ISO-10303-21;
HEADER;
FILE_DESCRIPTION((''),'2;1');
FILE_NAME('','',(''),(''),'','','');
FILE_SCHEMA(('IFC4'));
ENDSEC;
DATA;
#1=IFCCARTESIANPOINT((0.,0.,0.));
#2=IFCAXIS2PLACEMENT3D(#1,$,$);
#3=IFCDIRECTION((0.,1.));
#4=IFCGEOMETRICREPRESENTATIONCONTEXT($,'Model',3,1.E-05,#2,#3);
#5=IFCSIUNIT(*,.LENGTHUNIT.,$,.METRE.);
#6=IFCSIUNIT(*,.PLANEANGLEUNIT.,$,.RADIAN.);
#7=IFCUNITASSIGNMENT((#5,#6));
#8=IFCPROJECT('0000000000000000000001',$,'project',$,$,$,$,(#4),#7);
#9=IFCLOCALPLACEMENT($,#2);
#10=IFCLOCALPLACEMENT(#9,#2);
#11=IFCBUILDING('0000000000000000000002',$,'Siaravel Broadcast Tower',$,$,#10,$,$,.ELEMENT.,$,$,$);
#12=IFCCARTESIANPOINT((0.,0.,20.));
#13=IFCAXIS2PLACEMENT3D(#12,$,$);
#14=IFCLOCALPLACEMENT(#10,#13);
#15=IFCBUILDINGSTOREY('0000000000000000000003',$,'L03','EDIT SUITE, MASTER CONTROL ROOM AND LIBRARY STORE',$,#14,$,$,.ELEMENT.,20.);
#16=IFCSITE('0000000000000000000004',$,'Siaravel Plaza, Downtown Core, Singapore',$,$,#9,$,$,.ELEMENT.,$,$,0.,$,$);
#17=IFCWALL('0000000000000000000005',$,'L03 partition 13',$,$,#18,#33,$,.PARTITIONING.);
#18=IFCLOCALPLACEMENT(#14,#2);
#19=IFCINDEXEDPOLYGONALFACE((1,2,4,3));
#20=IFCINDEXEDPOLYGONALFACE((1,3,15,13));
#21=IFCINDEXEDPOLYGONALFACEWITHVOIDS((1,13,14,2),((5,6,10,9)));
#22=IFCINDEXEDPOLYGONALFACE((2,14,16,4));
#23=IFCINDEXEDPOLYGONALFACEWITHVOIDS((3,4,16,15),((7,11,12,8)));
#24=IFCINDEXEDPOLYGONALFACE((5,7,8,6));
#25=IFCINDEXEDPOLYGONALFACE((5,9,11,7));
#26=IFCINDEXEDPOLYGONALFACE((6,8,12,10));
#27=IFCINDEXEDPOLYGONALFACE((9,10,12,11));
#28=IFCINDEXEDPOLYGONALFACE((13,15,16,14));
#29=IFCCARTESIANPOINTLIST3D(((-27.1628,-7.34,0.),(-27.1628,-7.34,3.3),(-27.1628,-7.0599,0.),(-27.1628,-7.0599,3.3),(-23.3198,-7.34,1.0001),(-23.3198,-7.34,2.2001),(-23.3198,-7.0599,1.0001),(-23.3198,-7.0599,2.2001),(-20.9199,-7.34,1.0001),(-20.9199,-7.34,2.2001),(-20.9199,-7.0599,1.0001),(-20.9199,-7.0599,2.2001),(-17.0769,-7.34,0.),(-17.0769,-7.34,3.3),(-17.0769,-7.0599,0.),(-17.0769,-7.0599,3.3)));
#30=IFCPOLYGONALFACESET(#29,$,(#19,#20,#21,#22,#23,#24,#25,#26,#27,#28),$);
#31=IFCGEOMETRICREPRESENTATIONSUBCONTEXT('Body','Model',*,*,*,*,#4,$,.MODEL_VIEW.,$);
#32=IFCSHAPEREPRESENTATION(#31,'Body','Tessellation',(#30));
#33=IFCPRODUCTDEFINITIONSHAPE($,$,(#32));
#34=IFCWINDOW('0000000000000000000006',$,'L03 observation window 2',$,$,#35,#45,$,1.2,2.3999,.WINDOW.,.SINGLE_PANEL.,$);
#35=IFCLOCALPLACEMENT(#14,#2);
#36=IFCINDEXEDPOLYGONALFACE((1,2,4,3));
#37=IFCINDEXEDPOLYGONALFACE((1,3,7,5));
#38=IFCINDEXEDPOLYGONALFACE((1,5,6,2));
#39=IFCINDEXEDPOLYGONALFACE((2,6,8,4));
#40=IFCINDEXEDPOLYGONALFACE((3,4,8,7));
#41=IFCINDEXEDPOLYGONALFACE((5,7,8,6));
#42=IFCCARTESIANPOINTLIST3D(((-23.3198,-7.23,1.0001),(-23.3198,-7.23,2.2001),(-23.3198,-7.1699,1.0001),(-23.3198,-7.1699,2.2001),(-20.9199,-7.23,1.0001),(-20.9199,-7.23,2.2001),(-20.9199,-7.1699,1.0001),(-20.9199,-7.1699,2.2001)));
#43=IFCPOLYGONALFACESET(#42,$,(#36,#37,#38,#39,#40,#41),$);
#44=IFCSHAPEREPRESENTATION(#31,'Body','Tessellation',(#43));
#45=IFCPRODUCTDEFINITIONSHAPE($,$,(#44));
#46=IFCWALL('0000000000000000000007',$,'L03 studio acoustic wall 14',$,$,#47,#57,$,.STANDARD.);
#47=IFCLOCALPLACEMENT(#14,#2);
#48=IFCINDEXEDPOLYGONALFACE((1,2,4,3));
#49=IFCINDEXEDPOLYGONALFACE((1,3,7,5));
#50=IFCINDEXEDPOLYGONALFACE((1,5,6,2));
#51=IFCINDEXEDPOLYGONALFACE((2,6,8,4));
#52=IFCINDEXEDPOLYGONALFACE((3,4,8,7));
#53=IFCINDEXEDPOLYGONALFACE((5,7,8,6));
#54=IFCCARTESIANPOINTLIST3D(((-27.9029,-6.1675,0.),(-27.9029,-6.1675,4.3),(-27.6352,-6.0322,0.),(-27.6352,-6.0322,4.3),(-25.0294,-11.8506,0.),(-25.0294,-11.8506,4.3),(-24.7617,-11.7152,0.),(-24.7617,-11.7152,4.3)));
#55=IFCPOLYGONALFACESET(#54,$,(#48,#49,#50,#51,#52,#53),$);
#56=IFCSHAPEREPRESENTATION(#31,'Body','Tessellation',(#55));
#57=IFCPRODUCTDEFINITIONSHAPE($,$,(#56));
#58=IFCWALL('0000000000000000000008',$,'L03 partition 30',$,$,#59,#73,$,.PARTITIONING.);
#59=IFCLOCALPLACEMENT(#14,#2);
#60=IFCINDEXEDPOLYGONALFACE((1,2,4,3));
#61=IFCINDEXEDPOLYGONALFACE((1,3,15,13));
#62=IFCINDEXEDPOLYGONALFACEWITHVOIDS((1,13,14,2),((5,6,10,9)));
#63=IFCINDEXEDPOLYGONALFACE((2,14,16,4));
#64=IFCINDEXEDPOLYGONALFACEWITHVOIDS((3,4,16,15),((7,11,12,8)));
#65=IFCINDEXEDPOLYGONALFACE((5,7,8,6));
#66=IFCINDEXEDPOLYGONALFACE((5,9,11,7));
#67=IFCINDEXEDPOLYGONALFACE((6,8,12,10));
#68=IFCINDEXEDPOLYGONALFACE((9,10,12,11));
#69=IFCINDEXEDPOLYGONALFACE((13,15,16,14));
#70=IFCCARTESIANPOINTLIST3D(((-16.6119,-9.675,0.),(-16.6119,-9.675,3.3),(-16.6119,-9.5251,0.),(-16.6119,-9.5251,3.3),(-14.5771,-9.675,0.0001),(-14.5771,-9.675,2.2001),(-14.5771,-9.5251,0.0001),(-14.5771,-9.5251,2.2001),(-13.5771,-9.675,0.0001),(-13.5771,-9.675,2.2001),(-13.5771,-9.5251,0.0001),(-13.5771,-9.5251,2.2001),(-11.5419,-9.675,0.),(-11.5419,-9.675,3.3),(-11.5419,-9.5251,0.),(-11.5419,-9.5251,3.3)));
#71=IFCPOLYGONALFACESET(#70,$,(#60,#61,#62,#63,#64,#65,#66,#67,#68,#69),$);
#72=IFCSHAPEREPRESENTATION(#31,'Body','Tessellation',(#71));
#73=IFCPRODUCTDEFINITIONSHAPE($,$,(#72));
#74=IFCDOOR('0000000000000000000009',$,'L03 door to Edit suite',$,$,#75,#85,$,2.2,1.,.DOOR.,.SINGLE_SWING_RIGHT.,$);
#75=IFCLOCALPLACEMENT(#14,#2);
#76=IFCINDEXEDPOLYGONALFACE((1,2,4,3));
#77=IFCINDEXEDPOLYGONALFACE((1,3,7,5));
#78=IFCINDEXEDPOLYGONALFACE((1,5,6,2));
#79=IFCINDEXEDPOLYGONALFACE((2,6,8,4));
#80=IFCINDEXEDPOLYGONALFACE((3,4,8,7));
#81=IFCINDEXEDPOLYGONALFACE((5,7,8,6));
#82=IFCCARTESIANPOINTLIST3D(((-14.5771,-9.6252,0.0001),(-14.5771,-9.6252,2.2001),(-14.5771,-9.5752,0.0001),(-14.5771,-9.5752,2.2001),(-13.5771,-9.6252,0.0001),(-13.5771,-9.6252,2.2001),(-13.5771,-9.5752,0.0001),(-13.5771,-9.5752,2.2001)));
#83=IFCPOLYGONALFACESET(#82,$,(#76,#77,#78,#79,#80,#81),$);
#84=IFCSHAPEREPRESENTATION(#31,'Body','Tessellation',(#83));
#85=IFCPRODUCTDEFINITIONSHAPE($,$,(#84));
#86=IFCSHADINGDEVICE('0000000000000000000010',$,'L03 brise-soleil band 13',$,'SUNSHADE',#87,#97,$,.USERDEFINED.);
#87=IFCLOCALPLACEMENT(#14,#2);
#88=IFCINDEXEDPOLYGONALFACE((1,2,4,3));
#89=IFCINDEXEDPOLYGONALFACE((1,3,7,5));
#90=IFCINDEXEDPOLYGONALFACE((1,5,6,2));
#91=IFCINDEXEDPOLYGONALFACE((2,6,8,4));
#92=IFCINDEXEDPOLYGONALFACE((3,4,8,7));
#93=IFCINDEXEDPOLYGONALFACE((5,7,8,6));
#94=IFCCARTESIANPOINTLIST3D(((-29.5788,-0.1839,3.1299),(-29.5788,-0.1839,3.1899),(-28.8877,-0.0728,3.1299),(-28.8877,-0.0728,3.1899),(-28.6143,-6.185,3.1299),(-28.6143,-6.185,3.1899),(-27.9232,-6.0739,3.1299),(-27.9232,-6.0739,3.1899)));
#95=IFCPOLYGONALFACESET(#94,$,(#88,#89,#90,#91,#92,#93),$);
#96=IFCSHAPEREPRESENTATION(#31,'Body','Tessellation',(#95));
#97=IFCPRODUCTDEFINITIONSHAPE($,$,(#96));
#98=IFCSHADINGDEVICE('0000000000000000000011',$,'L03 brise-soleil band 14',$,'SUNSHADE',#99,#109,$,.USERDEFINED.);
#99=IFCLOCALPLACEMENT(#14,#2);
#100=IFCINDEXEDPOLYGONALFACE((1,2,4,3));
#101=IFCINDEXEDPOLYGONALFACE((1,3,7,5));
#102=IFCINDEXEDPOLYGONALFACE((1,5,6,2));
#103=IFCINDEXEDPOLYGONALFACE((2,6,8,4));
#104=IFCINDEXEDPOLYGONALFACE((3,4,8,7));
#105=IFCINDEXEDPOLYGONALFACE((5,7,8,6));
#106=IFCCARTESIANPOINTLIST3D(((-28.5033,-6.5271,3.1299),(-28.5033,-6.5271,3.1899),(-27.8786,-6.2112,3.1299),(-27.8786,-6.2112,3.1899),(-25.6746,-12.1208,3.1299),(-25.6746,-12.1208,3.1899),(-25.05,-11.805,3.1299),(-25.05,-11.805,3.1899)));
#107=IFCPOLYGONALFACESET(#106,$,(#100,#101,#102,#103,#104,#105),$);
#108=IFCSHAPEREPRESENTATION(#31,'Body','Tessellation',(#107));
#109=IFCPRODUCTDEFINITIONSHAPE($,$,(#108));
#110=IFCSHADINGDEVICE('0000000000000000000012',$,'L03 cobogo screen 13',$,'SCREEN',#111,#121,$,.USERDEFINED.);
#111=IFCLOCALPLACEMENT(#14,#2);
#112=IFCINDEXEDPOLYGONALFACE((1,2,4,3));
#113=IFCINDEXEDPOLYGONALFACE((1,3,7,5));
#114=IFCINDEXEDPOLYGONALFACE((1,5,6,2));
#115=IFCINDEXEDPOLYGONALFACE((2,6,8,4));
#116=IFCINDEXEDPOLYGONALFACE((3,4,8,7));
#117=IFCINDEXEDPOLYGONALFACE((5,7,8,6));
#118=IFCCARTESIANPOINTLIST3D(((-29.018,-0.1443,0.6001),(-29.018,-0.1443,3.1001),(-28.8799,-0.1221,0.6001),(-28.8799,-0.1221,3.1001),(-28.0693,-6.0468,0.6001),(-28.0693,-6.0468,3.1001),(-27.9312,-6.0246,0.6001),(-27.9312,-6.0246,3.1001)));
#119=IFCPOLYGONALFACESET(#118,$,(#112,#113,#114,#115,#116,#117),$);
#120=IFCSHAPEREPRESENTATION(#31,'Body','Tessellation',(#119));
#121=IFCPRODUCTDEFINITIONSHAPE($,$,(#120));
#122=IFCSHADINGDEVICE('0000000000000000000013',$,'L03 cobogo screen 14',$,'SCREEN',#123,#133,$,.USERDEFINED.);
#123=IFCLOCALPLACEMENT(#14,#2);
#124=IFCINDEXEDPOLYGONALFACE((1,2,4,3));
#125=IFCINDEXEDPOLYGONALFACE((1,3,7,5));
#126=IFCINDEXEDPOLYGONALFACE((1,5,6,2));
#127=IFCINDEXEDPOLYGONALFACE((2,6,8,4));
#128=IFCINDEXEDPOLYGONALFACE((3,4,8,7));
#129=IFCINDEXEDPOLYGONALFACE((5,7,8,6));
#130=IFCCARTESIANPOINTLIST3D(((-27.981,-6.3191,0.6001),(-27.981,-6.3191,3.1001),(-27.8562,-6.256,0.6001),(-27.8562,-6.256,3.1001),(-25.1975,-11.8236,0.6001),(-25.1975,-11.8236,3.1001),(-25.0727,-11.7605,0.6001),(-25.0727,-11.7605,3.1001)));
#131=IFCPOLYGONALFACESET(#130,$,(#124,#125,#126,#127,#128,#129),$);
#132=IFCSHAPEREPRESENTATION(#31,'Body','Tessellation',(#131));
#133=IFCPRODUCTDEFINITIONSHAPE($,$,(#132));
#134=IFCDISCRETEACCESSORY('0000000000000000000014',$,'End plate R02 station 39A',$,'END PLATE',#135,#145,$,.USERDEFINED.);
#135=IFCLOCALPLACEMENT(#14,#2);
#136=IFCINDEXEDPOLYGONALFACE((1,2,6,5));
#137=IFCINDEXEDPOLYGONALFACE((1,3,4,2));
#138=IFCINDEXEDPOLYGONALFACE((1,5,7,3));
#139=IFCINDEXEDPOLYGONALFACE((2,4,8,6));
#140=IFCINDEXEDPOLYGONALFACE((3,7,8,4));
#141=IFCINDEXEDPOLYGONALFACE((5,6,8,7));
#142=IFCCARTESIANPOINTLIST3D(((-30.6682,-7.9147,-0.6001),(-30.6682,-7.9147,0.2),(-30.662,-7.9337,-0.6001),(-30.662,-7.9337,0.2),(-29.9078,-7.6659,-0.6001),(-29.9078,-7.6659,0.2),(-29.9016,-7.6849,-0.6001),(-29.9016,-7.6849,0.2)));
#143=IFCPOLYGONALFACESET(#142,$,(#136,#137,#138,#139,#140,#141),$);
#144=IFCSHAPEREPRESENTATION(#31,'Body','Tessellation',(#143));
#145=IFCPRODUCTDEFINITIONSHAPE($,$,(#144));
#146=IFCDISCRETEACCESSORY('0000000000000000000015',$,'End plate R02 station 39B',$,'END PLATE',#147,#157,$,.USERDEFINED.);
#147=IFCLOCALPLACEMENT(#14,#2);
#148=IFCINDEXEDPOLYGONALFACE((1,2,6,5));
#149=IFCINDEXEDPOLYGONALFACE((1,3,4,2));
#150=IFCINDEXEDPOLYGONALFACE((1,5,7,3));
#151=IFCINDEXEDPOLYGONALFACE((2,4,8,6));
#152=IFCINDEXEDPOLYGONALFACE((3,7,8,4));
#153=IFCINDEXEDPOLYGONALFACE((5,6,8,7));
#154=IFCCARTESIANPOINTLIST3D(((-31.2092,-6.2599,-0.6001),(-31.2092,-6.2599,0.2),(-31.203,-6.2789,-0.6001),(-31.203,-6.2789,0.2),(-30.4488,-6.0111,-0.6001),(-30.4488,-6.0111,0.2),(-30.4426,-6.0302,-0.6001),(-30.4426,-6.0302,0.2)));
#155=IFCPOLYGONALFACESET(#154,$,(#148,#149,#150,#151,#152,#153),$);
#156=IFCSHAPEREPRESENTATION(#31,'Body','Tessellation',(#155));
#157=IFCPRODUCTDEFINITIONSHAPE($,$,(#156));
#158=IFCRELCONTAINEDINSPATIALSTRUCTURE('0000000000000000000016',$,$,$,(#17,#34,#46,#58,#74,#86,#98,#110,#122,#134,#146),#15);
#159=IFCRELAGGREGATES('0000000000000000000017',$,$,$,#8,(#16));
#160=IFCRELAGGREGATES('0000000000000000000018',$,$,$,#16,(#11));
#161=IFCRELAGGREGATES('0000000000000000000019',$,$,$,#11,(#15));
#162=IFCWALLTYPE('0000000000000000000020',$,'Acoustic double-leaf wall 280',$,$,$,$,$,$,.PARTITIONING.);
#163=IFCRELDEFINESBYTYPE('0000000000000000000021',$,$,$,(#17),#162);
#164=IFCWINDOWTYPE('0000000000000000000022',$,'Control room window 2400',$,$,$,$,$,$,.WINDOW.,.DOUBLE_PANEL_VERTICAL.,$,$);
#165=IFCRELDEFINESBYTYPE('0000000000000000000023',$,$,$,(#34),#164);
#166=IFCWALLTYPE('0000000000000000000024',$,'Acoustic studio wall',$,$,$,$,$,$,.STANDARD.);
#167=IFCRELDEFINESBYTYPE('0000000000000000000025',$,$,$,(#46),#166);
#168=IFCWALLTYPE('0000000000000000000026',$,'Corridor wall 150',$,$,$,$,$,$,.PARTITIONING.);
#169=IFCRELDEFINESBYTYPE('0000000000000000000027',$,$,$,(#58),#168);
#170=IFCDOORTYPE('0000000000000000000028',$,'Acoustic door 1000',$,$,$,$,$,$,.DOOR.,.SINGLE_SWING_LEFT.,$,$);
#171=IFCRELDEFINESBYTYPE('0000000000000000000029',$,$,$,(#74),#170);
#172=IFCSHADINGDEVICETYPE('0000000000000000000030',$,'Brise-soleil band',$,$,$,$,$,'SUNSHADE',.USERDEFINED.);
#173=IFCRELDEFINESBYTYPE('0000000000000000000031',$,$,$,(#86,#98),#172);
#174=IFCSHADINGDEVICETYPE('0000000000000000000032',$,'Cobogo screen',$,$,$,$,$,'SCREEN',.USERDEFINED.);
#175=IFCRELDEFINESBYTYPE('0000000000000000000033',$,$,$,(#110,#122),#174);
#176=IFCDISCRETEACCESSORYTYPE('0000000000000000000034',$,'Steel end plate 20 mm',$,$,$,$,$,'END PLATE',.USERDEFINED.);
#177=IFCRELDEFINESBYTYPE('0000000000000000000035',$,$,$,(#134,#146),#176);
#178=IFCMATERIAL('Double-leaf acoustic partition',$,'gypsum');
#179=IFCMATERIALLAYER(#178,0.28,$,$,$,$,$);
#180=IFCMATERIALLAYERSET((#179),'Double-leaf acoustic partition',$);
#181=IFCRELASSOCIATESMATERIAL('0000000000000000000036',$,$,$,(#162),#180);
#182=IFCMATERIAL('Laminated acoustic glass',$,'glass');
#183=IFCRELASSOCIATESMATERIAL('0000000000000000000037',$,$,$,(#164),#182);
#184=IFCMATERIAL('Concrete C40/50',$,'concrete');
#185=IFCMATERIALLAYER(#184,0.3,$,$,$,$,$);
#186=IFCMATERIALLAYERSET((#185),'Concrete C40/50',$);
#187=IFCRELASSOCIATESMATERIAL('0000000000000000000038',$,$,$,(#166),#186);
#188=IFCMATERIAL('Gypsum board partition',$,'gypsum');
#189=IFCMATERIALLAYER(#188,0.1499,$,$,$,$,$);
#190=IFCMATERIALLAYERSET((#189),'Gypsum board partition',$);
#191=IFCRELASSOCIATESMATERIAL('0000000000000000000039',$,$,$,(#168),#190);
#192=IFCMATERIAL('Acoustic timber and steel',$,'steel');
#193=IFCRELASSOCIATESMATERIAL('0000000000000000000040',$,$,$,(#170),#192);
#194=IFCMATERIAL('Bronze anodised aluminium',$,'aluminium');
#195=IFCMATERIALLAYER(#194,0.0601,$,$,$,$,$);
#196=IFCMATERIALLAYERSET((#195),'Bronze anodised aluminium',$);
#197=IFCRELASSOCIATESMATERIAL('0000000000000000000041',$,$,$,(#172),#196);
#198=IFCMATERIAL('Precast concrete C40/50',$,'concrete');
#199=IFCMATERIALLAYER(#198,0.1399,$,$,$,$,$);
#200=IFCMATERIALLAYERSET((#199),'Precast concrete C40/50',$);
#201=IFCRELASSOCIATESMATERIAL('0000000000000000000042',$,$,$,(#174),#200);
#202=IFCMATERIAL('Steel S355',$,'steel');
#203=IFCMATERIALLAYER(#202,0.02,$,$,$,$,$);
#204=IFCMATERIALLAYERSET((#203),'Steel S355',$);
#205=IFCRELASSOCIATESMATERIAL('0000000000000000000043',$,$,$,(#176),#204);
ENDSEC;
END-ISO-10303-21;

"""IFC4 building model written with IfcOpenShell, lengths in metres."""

from ifc_helpers import new_model, si_unit, direction, frame, frame_2d, origin, origin_2d, place, context, subcontext, project, spatial, rectangle, extrude, material, layer, layer_set, type_object, element, fill, save


model = new_model("IFC4")

# Units and contexts
model_context = context("Model", 3, precision=1e-05, world=origin(), true_north=direction((0.0, 1.0)))
body_context = subcontext(model_context, "Body", "Model", "MODEL_VIEW")
ifc_project = project(units=[si_unit("LENGTHUNIT", "METRE"), si_unit("PLANEANGLEUNIT", "RADIAN")], contexts=[model_context])

# Site, building, storey
site_placement = place(None, origin())
site = spatial("IfcSite", under=ifc_project, at=site_placement, Name="Siaravel Plaza, Downtown Core, Singapore", CompositionType="ELEMENT", RefElevation=0.0)
building_placement = place(site_placement, origin())
building = spatial("IfcBuilding", under=site, at=building_placement, Name="Siaravel Broadcast Tower", CompositionType="ELEMENT")
storey_placement = place(building_placement, frame((0.0, 0.0, 20.0)))
storey = spatial("IfcBuildingStorey", under=building, at=storey_placement, Name="L03", Description="EDIT SUITE, MASTER CONTROL ROOM AND LIBRARY STORE", CompositionType="ELEMENT", Elevation=20.0)

# Shared definitions
ifc_material_1 = material(Name="Steel S355", Category="steel")

# Wall, opening, window
ifc_material_2 = material(Name="Double-leaf acoustic partition", Category="gypsum")
ifc_layer_1 = layer(ifc_material_2, 0.28)
ifc_layer_set_1 = layer_set([ifc_layer_1], Name="Double-leaf acoustic partition")
wall_type_1 = type_object("IfcWallType", Name="Acoustic double-leaf wall 280", PredefinedType="PARTITIONING", material=ifc_layer_set_1)
wall_1_placement = place(storey_placement, frame((-17.0769, -7.2, 0.0), z_axis=(0.0, 0.0, 1.0), x_axis=(-1.0, 0.0, 0.0)))
wall_1 = element("IfcWall", 1, at=wall_1_placement, inside=storey, type_object=wall_type_1, Name="L03 partition 13", PredefinedType="PARTITIONING", context=body_context, shape_type="SweptSolid", body=[
    extrude(rectangle(XDim=10.0859, YDim=0.28, at=frame_2d((5.043, 0.0))), origin(), (0.0, 0.0, 1.0), 3.3),
])
opening_1_placement = place(wall_1_placement, frame((3.843, 0.0, 1.0)))
opening_1 = element("IfcOpeningElement", 2, at=opening_1_placement, cuts=wall_1, PredefinedType="OPENING", context=body_context, shape_type="SweptSolid", body=[
    extrude(rectangle(XDim=2.3999, YDim=1.2, at=frame_2d((1.2, 0.6001))), frame((0.0, 0.1499, 0.0), z_axis=(0.0, -1.0, 0.0), x_axis=(1.0, 0.0, 0.0)), (0.0, 0.0, 1.0), 0.3),
])
ifc_material_3 = material(Name="Laminated acoustic glass", Category="glass")
window_type = type_object("IfcWindowType", Name="Control room window 2400", PartitioningType="DOUBLE_PANEL_VERTICAL", PredefinedType="WINDOW", material=ifc_material_3)
window_placement = place(opening_1_placement, origin())
window = element("IfcWindow", 3, at=window_placement, inside=storey, type_object=window_type, Name="L03 observation window 2", OverallHeight=1.2, OverallWidth=2.3999, PartitioningType="SINGLE_PANEL", PredefinedType="WINDOW", context=body_context, shape_type="SweptSolid", body=[
    extrude(rectangle(XDim=2.3999, YDim=1.2, at=frame_2d((1.2, 0.6001))), frame((0.0, 0.03, 0.0), z_axis=(0.0, -1.0, 0.0), x_axis=(1.0, 0.0, 0.0)), (0.0, 0.0, 1.0), 0.0601),
])
fill(opening_1, window)

# Wall
ifc_material_4 = material(Name="Concrete C40/50", Category="concrete")
ifc_layer_2 = layer(ifc_material_4, 0.3)
ifc_layer_set_2 = layer_set([ifc_layer_2], Name="Concrete C40/50")
wall_type_2 = type_object("IfcWallType", Name="Acoustic studio wall", PredefinedType="STANDARD", material=ifc_layer_set_2)
wall_2_placement = place(storey_placement, frame((-27.769, -6.0999, 0.0), z_axis=(0.0, 0.0, 1.0), x_axis=(0.451227, -0.892409, 0.0)))
element("IfcWall", 4, at=wall_2_placement, inside=storey, type_object=wall_type_2, Name="L03 studio acoustic wall 14", PredefinedType="STANDARD", context=body_context, shape_type="SweptSolid", body=[
    extrude(rectangle(XDim=6.3682, YDim=0.3, at=frame_2d((3.1841, 0.0))), origin(), (0.0, 0.0, 1.0), 4.3),
])

# Wall, opening, door
ifc_material_5 = material(Name="Gypsum board partition", Category="gypsum")
ifc_layer_3 = layer(ifc_material_5, 0.1499)
ifc_layer_set_3 = layer_set([ifc_layer_3], Name="Gypsum board partition")
wall_type_3 = type_object("IfcWallType", Name="Corridor wall 150", PredefinedType="PARTITIONING", material=ifc_layer_set_3)
wall_3_placement = place(storey_placement, frame((-16.6121, -9.6001, 0.0), z_axis=(0.0, 0.0, 1.0), x_axis=(1.0, 0.0, 0.0)))
wall_3 = element("IfcWall", 5, at=wall_3_placement, inside=storey, type_object=wall_type_3, Name="L03 partition 30", PredefinedType="PARTITIONING", context=body_context, shape_type="SweptSolid", body=[
    extrude(rectangle(XDim=5.0701, YDim=0.1499, at=frame_2d((2.5352, 0.0))), origin(), (0.0, 0.0, 1.0), 3.3),
])
opening_2_placement = place(wall_3_placement, frame((2.0349, 0.0, 0.0)))
opening_2 = element("IfcOpeningElement", 6, at=opening_2_placement, cuts=wall_3, PredefinedType="OPENING", context=body_context, shape_type="SweptSolid", body=[
    extrude(rectangle(XDim=1.0, YDim=2.2, at=frame_2d((0.5, 1.1001))), frame((0.0, 0.085, 0.0), z_axis=(0.0, -1.0, 0.0), x_axis=(1.0, 0.0, 0.0)), (0.0, 0.0, 1.0), 0.1699),
])
ifc_material_6 = material(Name="Acoustic timber and steel", Category="steel")
door_type_1 = type_object("IfcDoorType", Name="Acoustic door 1000", OperationType="SINGLE_SWING_LEFT", PredefinedType="DOOR", material=ifc_material_6)
door_1_placement = place(opening_2_placement, origin())
door_1 = element("IfcDoor", 7, at=door_1_placement, inside=storey, type_object=door_type_1, Name="L03 door to Edit suite", OperationType="SINGLE_SWING_RIGHT", OverallHeight=2.2, OverallWidth=1.0, PredefinedType="DOOR", context=body_context, shape_type="SweptSolid", body=[
    extrude(rectangle(XDim=1.0, YDim=2.2, at=frame_2d((0.5, 1.1001))), frame((0.0, 0.0249, 0.0), z_axis=(0.0, -1.0, 0.0), x_axis=(1.0, 0.0, 0.0)), (0.0, 0.0, 1.0), 0.05),
])
fill(opening_2, door_1)

# Shading devices
ifc_material_7 = material(Name="Bronze anodised aluminium", Category="aluminium")
ifc_layer_4 = layer(ifc_material_7, 0.0601)
ifc_layer_set_4 = layer_set([ifc_layer_4], Name="Bronze anodised aluminium")
shading_device_type_1 = type_object("IfcShadingDeviceType", Name="Brise-soleil band", ElementType="SUNSHADE", PredefinedType="USERDEFINED", material=ifc_layer_set_4)
shading_device_1_placement = place(storey_placement, frame((-28.751, -3.1289, 3.1299), z_axis=(0.0, 0.0, 1.0), x_axis=(0.158685, -0.987329, 0.0)))
element("IfcShadingDevice", 8, at=shading_device_1_placement, inside=storey, type_object=shading_device_type_1, Name="L03 brise-soleil band 13", ObjectType="SUNSHADE", PredefinedType="USERDEFINED", context=body_context, shape_type="SweptSolid", body=[
    extrude(rectangle(XDim=6.0781, YDim=0.7, at=origin_2d()), origin(), (0.0, 0.0, 1.0), 0.0601),
])
shading_device_2_placement = place(storey_placement, frame((-26.7766, -9.166, 3.1299), z_axis=(0.0, 0.0, 1.0), x_axis=(0.451262, -0.892391, 0.0)))
element("IfcShadingDevice", 9, at=shading_device_2_placement, inside=storey, type_object=shading_device_type_1, Name="L03 brise-soleil band 14", ObjectType="SUNSHADE", PredefinedType="USERDEFINED", context=body_context, shape_type="SweptSolid", body=[
    extrude(rectangle(XDim=6.2683, YDim=0.7, at=origin_2d()), origin(), (0.0, 0.0, 1.0), 0.0601),
])
ifc_material_8 = material(Name="Precast concrete C40/50", Category="concrete")
ifc_layer_5 = layer(ifc_material_8, 0.1399)
ifc_layer_set_5 = layer_set([ifc_layer_5], Name="Precast concrete C40/50")
shading_device_type_2 = type_object("IfcShadingDeviceType", Name="Cobogo screen", ElementType="SCREEN", PredefinedType="USERDEFINED", material=ifc_layer_set_5)
shading_device_3_placement = place(storey_placement, frame((-28.4746, -3.0845, 0.6001), z_axis=(0.0, 0.0, 1.0), x_axis=(0.158685, -0.987329, 0.0)))
element("IfcShadingDevice", 10, at=shading_device_3_placement, inside=storey, type_object=shading_device_type_2, Name="L03 cobogo screen 13", ObjectType="SCREEN", PredefinedType="USERDEFINED", context=body_context, shape_type="SweptSolid", body=[
    extrude(rectangle(XDim=5.9783, YDim=0.1399, at=origin_2d()), origin(), (0.0, 0.0, 1.0), 2.5),
])
shading_device_4_placement = place(storey_placement, frame((-26.5269, -9.0398, 0.6001), z_axis=(0.0, 0.0, 1.0), x_axis=(0.451262, -0.892391, 0.0)))
element("IfcShadingDevice", 11, at=shading_device_4_placement, inside=storey, type_object=shading_device_type_2, Name="L03 cobogo screen 14", ObjectType="SCREEN", PredefinedType="USERDEFINED", context=body_context, shape_type="SweptSolid", body=[
    extrude(rectangle(XDim=6.1682, YDim=0.1399, at=origin_2d()), origin(), (0.0, 0.0, 1.0), 2.5),
])

# Discrete accessories
ifc_layer_6 = layer(ifc_material_1, 0.02)
ifc_layer_set_6 = layer_set([ifc_layer_6], Name="Steel S355")
discrete_accessory_type = type_object("IfcDiscreteAccessoryType", Name="Steel end plate 20 mm", ElementType="END PLATE", PredefinedType="USERDEFINED", material=ifc_layer_set_6)
for number, where, z_axis, x_axis, name in (
    (12, (-30.2849, -7.7998, -0.6001), (0.0, 0.0, 1.0), (0.310909, -0.95044, 0.0), "End plate R02 station 39A"),
    (13, (-30.8259, -6.145, -0.6001), (0.0, 0.0, 1.0), (0.310909, -0.95044, 0.0), "End plate R02 station 39B"),
):
    element("IfcDiscreteAccessory", number, at=place(storey_placement, frame(where, z_axis=z_axis, x_axis=x_axis)), inside=storey, type_object=discrete_accessory_type, Name=name, ObjectType="END PLATE", PredefinedType="USERDEFINED", context=body_context, shape_type="SweptSolid", body=[
        extrude(rectangle(XDim=0.02, YDim=0.8, at=origin_2d()), origin(), (0.0, 0.0, 1.0), 0.8),
    ])

save(model, "model.ifc")
